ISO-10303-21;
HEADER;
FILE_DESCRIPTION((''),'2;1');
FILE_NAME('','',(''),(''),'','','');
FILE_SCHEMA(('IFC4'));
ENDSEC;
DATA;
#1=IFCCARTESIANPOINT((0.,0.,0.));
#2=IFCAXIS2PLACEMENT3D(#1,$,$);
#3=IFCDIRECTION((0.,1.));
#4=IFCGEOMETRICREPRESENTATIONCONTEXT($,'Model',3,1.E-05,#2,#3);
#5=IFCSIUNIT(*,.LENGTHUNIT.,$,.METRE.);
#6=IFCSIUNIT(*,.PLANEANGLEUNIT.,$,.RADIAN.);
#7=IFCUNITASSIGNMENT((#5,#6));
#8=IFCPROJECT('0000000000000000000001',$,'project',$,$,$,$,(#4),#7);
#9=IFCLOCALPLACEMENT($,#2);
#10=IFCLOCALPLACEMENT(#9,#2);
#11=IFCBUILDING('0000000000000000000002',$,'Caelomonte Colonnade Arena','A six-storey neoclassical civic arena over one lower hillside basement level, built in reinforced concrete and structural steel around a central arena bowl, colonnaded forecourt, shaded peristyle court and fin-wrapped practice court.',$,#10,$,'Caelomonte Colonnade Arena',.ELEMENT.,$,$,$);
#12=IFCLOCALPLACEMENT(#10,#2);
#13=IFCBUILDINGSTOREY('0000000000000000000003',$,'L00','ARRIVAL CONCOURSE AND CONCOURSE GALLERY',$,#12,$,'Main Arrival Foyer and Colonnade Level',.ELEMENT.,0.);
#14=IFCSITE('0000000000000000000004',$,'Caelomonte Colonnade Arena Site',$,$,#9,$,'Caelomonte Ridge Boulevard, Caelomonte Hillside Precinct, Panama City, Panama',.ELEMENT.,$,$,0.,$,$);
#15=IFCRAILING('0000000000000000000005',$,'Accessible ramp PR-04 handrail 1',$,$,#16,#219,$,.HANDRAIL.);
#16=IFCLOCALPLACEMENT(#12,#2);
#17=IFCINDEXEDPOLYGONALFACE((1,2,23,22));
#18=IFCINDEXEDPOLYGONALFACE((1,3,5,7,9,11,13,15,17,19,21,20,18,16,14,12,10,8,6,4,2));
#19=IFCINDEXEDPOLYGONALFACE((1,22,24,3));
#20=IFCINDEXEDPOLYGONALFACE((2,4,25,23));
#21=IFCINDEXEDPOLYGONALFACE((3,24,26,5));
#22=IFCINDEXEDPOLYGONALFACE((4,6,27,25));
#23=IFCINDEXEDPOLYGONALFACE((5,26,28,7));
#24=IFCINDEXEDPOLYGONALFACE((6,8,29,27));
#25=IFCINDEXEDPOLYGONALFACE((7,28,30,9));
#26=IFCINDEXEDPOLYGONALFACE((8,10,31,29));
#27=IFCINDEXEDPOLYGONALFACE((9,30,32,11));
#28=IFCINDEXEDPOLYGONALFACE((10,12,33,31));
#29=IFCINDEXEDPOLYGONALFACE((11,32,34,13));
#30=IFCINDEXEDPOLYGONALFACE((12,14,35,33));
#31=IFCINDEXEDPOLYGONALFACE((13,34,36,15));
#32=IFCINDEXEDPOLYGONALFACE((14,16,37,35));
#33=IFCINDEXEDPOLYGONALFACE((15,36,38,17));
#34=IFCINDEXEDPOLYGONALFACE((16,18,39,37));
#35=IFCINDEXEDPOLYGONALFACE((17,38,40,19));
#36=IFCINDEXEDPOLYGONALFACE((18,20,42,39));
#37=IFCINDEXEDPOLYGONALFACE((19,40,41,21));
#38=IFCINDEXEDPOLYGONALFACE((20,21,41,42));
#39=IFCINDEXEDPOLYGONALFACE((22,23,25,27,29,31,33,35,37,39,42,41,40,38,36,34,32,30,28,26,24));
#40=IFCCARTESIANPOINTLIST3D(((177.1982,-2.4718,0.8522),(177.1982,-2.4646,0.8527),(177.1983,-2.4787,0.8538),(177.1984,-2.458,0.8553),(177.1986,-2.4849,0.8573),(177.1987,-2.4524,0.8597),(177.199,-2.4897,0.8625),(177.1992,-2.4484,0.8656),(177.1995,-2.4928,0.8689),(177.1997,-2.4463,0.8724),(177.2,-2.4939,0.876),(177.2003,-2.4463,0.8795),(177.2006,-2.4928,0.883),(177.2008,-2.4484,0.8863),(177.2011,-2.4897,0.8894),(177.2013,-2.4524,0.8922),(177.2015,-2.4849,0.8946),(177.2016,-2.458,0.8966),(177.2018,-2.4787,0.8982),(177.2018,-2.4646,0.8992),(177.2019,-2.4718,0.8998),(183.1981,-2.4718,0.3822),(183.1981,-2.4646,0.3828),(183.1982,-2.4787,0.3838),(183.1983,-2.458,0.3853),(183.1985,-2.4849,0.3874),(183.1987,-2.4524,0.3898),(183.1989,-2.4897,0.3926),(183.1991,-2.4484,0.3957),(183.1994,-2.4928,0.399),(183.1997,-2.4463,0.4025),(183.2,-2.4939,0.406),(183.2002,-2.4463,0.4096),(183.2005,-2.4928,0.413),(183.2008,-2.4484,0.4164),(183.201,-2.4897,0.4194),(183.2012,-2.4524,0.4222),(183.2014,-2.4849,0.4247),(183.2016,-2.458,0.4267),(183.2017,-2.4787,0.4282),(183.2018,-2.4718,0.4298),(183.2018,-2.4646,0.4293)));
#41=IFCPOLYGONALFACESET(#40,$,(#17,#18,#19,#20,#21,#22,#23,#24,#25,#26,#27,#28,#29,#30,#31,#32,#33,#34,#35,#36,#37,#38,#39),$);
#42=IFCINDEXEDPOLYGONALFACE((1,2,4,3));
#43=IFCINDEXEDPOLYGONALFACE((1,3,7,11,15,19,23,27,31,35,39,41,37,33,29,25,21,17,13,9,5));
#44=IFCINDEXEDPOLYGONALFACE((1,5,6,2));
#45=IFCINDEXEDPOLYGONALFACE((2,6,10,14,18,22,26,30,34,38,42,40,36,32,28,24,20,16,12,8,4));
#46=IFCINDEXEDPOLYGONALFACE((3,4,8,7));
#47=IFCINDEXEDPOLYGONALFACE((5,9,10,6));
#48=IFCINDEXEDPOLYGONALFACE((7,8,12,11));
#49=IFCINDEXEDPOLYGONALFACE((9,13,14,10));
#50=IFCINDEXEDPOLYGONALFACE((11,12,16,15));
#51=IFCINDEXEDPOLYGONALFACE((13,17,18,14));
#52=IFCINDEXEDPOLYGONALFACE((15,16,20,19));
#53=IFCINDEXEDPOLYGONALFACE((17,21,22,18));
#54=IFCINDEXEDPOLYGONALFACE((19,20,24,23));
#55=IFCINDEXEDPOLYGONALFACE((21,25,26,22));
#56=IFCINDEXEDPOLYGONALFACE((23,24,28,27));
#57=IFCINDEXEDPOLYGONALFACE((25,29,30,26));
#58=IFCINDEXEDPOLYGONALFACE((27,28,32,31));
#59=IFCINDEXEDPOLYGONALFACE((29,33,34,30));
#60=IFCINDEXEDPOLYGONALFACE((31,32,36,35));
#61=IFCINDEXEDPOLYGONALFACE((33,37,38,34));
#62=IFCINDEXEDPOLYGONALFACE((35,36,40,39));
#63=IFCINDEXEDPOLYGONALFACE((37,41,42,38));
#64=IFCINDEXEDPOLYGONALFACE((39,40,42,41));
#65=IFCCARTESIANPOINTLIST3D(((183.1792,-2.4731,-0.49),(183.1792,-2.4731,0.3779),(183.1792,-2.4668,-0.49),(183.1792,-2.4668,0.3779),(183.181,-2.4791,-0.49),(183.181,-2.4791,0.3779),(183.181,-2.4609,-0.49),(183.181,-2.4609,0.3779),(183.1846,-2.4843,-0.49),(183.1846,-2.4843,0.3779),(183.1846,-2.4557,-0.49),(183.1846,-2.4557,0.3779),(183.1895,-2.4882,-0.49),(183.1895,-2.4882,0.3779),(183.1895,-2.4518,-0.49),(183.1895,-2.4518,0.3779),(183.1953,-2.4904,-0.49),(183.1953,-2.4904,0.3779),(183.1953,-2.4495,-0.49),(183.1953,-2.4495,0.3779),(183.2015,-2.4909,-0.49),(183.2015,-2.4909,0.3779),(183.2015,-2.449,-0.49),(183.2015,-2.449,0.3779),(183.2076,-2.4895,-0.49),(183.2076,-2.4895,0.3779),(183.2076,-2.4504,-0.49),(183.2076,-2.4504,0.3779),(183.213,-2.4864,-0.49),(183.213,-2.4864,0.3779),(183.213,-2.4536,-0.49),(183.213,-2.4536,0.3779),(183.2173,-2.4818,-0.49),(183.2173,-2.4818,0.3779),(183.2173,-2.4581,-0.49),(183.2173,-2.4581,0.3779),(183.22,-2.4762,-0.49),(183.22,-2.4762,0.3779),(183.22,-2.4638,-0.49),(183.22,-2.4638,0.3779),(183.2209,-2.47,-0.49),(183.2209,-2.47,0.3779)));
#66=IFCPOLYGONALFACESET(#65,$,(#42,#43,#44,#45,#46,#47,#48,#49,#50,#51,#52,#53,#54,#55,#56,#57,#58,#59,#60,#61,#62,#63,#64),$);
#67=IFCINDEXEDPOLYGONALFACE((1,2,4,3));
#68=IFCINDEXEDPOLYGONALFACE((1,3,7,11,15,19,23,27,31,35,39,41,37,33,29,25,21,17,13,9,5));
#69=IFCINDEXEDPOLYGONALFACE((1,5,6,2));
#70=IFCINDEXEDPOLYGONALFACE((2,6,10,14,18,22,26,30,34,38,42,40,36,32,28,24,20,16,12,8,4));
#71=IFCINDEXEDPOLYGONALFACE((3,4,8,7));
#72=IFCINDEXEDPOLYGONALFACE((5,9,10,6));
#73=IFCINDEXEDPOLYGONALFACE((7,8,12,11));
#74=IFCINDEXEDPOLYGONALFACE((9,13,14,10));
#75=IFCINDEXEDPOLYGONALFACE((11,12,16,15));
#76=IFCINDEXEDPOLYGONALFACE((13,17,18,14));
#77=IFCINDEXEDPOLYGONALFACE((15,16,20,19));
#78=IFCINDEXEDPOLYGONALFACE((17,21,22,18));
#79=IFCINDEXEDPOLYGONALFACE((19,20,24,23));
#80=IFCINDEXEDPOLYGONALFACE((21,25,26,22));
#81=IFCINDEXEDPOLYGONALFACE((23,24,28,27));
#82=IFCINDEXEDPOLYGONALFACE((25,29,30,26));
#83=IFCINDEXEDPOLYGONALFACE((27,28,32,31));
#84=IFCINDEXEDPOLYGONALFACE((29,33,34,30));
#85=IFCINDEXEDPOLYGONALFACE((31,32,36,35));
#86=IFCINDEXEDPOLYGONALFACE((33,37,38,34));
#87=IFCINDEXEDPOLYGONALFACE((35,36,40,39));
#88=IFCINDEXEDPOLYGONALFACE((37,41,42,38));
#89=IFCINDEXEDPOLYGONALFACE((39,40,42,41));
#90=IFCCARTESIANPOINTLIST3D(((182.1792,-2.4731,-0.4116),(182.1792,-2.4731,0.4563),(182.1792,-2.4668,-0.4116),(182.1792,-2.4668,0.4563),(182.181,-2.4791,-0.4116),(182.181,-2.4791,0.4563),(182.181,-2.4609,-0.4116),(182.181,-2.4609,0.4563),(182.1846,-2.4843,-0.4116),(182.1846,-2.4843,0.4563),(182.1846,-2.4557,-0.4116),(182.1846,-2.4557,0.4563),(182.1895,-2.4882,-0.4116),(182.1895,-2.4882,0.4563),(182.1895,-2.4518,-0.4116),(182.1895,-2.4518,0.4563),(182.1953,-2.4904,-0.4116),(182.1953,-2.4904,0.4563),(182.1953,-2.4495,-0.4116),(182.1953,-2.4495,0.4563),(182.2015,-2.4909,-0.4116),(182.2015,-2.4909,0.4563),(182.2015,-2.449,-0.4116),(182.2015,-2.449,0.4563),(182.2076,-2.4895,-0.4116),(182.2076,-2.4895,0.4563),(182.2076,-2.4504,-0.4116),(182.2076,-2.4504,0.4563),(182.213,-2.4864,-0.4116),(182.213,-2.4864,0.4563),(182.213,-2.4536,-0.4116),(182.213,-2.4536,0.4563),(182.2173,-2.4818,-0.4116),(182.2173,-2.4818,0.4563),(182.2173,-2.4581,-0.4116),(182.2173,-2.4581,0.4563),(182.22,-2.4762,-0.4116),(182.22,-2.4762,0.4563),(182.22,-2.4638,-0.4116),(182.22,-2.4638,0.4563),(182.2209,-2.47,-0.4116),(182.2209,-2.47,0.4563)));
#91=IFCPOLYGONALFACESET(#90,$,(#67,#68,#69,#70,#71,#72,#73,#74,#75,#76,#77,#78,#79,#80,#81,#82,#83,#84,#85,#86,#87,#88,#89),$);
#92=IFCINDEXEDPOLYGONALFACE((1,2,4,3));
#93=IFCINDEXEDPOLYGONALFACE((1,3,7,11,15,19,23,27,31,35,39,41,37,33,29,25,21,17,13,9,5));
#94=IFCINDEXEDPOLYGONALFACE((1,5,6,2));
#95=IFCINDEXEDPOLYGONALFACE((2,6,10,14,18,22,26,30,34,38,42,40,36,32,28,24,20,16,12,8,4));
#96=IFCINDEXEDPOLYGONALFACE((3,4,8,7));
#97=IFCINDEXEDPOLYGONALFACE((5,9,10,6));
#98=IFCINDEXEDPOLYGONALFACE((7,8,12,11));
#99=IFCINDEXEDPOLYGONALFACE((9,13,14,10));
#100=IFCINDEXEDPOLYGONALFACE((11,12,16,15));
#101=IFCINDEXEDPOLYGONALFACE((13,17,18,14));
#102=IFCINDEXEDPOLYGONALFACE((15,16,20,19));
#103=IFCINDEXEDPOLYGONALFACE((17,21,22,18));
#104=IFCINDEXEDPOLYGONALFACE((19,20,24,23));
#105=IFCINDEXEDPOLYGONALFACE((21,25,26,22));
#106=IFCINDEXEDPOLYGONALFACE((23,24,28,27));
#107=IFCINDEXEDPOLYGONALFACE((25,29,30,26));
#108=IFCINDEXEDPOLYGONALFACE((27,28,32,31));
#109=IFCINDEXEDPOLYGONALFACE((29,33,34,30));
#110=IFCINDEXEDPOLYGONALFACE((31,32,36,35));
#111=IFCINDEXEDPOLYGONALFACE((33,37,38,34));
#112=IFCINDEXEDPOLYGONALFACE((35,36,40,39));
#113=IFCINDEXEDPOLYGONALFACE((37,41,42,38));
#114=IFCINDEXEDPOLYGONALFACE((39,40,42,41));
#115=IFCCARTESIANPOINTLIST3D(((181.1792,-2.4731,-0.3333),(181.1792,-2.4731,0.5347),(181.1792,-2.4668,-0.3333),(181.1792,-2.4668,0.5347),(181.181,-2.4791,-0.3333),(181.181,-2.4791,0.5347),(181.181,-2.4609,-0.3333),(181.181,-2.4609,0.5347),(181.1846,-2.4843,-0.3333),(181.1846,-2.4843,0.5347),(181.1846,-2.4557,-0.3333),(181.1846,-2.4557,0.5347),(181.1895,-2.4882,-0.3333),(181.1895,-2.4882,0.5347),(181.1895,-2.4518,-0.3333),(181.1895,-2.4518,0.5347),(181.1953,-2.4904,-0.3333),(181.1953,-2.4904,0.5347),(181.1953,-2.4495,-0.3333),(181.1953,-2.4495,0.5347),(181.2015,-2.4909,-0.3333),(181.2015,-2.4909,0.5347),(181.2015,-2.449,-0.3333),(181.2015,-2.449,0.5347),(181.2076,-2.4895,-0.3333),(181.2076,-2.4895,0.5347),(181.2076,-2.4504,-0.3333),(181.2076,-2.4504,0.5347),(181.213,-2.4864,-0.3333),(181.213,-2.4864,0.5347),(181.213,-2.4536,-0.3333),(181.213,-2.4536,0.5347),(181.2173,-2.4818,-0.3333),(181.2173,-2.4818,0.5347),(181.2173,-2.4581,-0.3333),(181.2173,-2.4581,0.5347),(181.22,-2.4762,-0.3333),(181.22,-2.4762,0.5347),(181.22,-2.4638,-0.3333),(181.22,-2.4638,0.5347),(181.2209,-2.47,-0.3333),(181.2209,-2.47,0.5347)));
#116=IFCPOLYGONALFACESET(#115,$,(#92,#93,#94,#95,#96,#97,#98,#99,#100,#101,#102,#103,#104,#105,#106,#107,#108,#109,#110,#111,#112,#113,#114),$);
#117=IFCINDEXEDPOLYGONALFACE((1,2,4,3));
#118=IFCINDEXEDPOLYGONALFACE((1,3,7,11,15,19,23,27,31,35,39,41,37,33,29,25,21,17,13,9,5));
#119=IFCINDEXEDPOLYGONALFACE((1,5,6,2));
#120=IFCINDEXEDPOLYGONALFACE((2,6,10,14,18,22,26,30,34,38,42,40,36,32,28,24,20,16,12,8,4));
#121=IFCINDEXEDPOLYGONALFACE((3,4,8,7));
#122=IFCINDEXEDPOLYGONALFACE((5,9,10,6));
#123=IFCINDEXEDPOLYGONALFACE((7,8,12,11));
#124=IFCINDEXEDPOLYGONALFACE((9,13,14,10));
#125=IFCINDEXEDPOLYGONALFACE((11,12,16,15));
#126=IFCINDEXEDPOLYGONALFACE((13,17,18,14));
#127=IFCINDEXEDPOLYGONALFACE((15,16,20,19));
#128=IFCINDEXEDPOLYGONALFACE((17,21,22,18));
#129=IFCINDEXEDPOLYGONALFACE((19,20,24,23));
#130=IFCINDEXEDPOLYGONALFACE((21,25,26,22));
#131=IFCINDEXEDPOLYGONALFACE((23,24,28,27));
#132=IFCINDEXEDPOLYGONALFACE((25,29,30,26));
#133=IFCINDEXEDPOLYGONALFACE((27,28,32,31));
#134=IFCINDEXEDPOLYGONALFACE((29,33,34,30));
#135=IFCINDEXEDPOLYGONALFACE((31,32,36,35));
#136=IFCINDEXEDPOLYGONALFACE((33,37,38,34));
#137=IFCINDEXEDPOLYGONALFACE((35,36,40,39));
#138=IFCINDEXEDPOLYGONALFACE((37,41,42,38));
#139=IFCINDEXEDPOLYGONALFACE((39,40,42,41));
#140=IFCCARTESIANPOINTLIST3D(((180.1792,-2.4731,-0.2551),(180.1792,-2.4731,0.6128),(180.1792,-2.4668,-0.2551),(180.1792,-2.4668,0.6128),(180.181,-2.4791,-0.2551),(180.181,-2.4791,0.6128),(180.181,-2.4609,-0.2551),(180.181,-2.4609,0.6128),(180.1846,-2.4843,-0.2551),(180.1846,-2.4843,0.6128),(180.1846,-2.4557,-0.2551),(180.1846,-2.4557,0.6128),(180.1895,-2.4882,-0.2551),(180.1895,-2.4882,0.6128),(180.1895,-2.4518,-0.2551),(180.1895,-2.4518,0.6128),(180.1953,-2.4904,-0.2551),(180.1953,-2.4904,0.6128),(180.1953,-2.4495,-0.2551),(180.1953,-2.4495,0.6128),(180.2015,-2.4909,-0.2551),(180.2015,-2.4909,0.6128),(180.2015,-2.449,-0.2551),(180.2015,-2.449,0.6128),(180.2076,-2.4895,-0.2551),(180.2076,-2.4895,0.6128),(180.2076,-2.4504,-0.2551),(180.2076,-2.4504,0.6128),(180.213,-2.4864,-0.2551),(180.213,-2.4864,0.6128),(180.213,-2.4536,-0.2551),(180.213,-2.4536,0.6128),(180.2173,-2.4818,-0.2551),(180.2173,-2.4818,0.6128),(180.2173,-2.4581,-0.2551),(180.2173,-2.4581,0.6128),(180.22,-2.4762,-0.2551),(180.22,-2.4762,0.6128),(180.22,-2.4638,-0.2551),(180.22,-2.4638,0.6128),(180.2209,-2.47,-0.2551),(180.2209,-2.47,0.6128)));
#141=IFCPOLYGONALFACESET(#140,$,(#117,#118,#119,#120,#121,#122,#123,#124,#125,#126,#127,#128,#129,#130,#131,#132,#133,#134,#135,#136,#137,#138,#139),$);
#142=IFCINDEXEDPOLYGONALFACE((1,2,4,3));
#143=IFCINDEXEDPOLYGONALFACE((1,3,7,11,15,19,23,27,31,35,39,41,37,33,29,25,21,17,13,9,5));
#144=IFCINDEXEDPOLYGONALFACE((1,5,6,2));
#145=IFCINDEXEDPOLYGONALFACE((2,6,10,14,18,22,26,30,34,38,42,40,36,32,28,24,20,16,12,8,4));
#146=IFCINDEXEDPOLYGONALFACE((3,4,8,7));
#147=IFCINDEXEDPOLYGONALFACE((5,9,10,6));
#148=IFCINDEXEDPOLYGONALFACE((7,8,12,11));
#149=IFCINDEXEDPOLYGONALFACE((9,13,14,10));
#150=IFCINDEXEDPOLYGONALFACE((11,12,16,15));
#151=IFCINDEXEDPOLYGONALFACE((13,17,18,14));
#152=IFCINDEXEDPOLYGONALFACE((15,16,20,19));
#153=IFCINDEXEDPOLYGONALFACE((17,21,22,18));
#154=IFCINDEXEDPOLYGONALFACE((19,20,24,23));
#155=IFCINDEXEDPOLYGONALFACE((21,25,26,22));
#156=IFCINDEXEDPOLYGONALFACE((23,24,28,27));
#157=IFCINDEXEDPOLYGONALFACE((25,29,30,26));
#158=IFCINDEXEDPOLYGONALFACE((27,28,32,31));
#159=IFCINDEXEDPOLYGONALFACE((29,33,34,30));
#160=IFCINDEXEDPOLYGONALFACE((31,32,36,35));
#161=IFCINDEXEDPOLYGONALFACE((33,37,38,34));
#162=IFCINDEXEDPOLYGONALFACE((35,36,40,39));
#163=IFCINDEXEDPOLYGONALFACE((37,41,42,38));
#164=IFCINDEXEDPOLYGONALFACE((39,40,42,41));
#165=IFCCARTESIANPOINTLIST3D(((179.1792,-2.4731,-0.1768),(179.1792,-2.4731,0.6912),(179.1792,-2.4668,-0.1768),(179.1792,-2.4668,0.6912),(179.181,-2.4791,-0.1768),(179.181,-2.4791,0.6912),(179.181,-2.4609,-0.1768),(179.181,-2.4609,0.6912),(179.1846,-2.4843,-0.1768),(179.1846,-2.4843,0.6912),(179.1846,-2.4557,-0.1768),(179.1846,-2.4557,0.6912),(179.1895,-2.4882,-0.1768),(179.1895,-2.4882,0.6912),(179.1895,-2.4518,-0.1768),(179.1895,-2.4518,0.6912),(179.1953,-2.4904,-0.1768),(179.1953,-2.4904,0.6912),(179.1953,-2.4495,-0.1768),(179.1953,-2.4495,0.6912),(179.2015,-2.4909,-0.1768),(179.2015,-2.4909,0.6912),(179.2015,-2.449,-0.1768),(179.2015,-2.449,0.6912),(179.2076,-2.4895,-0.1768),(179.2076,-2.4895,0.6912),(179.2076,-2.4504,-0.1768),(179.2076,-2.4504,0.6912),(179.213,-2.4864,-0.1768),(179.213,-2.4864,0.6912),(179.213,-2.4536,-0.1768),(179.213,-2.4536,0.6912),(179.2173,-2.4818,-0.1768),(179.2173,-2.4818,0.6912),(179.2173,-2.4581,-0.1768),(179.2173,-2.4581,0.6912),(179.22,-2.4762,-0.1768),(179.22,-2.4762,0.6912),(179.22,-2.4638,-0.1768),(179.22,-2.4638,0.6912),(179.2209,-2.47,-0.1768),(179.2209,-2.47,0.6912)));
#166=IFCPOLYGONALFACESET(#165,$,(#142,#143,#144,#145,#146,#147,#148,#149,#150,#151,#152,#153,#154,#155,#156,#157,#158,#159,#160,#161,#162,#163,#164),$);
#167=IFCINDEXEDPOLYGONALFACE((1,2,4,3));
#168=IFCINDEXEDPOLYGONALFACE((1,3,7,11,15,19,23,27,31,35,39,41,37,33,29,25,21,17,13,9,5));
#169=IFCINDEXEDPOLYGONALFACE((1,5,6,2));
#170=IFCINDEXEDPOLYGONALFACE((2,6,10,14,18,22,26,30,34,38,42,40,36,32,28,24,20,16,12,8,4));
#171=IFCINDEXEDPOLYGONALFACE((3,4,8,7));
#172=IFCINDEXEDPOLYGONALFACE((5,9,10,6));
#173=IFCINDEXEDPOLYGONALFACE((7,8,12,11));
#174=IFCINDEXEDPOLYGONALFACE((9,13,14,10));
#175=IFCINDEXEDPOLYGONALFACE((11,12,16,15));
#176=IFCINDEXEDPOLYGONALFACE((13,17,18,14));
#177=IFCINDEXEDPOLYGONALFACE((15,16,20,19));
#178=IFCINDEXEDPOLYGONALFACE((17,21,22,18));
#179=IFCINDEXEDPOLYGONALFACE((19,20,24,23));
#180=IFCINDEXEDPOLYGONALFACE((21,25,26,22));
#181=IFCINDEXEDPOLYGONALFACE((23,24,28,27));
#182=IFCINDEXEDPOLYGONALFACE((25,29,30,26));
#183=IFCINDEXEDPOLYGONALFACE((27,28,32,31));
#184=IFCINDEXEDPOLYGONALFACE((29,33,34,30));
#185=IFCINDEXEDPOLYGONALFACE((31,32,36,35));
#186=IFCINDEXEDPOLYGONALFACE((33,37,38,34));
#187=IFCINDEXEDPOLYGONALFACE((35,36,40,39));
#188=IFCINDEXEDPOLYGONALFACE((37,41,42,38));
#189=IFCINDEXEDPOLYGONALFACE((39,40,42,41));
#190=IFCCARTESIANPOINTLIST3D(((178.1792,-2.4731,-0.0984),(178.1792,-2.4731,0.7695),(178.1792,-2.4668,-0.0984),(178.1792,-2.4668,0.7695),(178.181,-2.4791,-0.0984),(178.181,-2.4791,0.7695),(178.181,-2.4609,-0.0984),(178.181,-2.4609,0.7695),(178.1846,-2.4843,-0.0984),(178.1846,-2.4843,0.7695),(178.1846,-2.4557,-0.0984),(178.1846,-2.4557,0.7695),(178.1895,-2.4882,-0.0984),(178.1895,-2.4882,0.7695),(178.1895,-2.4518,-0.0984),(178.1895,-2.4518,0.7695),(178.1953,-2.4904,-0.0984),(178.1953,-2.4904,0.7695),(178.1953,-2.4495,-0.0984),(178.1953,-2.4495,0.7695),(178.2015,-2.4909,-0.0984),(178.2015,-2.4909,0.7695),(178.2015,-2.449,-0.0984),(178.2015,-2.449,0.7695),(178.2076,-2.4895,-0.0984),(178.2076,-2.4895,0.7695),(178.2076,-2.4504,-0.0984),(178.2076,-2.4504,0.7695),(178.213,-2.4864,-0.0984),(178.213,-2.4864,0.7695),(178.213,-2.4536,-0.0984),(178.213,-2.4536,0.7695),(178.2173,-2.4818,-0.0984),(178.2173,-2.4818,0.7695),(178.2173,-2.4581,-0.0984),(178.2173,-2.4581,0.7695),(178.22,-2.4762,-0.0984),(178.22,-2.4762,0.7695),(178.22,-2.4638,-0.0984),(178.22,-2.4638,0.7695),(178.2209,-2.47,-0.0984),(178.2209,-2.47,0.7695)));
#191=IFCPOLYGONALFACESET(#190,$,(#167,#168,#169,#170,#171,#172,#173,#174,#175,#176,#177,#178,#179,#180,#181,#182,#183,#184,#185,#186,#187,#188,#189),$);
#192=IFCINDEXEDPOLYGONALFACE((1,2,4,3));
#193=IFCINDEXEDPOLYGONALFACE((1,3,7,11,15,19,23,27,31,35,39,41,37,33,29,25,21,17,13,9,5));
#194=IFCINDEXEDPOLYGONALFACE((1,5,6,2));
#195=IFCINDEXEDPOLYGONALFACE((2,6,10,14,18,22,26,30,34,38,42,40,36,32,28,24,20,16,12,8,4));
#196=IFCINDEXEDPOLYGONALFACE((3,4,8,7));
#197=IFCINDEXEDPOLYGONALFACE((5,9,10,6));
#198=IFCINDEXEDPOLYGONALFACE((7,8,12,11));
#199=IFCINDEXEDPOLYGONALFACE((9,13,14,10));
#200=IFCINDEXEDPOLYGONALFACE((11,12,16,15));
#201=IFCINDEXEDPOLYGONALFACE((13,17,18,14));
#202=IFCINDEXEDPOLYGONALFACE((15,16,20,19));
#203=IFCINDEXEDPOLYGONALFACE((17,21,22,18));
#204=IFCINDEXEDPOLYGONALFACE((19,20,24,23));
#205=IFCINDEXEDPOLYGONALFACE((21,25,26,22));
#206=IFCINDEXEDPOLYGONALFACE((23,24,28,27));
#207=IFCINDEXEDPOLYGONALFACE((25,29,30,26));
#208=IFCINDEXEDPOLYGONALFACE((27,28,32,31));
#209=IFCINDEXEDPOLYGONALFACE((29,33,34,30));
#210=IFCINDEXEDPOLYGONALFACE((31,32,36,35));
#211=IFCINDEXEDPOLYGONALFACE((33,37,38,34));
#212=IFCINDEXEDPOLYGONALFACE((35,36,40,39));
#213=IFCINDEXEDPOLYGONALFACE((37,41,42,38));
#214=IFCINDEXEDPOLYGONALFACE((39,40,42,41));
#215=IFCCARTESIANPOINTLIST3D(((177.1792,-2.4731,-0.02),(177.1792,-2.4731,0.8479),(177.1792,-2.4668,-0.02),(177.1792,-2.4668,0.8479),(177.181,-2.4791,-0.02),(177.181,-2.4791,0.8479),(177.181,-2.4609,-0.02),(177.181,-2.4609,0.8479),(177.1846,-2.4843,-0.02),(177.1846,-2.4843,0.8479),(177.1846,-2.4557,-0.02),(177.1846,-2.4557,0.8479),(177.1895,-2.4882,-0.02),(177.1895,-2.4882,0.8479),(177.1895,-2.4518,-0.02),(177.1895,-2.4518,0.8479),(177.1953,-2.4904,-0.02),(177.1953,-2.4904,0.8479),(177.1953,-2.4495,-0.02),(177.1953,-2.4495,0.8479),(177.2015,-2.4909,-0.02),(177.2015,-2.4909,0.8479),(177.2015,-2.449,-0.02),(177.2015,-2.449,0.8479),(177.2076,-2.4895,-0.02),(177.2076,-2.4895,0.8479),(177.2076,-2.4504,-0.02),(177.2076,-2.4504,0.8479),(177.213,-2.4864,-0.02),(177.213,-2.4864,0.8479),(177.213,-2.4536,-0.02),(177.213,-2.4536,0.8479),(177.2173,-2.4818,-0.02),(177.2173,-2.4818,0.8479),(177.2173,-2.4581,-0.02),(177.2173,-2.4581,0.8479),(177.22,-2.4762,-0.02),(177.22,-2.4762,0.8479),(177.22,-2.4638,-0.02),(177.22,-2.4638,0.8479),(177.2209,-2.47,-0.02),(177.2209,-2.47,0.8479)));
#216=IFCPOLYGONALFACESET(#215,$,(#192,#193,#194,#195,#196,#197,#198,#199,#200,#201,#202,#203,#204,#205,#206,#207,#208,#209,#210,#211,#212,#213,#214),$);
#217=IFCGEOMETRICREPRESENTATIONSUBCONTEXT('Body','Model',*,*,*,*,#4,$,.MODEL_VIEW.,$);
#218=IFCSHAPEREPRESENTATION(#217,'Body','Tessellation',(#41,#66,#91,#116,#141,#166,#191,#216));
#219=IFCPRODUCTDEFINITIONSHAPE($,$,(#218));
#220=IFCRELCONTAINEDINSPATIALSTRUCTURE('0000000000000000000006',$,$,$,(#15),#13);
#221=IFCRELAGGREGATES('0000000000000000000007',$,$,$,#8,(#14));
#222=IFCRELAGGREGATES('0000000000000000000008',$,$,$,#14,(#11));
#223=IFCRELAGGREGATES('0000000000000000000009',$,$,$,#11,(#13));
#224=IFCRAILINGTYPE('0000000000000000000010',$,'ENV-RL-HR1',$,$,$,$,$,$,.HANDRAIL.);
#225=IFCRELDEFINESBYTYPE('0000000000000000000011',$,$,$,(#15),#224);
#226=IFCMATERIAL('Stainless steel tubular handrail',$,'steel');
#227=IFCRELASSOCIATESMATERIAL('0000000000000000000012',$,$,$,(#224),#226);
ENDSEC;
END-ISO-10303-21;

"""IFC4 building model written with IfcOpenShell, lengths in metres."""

from ifc_helpers import new_model, si_unit, direction, frame, origin, origin_2d, place, context, subcontext, project, spatial, circle, extrude, material, type_object, element, save


model = new_model("IFC4")

# Units and contexts
model_context = context("Model", 3, precision=1e-05, world=origin(), true_north=direction((0.0, 1.0)))
body_context = subcontext(model_context, "Body", "Model", "MODEL_VIEW")
ifc_project = project(units=[si_unit("LENGTHUNIT", "METRE"), si_unit("PLANEANGLEUNIT", "RADIAN")], contexts=[model_context])

# Site, building, storey
site_placement = place(None, origin())
site = spatial("IfcSite", under=ifc_project, at=site_placement, Name="Caelomonte Colonnade Arena Site", LongName="Caelomonte Ridge Boulevard, Caelomonte Hillside Precinct, Panama City, Panama", CompositionType="ELEMENT", RefElevation=0.0)
building_placement = place(site_placement, origin())
building = spatial("IfcBuilding", under=site, at=building_placement, Name="Caelomonte Colonnade Arena", Description="A six-storey neoclassical civic arena over one lower hillside basement level, built in reinforced concrete and structural steel around a central arena bowl, colonnaded forecourt, shaded peristyle court and fin-wrapped practice court.", LongName="Caelomonte Colonnade Arena", CompositionType="ELEMENT")
storey_placement = place(building_placement, origin())
storey = spatial("IfcBuildingStorey", under=building, at=storey_placement, Name="L00", Description="ARRIVAL CONCOURSE AND CONCOURSE GALLERY", LongName="Main Arrival Foyer and Colonnade Level", CompositionType="ELEMENT", Elevation=0.0)

# Railing
ifc_material_1 = material(Name="Stainless steel tubular handrail", Category="steel")
railing_type = type_object("IfcRailingType", Name="ENV-RL-HR1", PredefinedType="HANDRAIL", material=ifc_material_1)
for number, where, name in (
    (1, (183.2, -2.47, -0.49), "Accessible ramp PR-04 handrail 1"),
):
    element("IfcRailing", number, at=place(storey_placement, frame(where)), inside=storey, type_object=railing_type, Name=name, PredefinedType="HANDRAIL", context=body_context, shape_type="SweptSolid", body=[
        extrude(circle(Radius=0.0239, at=origin_2d()), frame((0.0, 0.0, 0.896), z_axis=(-0.996946, 0.0, 0.078089), x_axis=(0.0, -1.0, 0.0)), (0.0, 0.0, 1.0), 6.0183),
        extrude(circle(Radius=0.021, at=origin_2d()), origin(), (0.0, 0.0, 1.0), 0.8679),
        extrude(circle(Radius=0.021, at=origin_2d()), frame((-1.0, 0.0, 0.0784)), (0.0, 0.0, 1.0), 0.8679),
        extrude(circle(Radius=0.021, at=origin_2d()), frame((-2.0, 0.0, 0.1567)), (0.0, 0.0, 1.0), 0.8679),
        extrude(circle(Radius=0.021, at=origin_2d()), frame((-3.0, 0.0, 0.2349)), (0.0, 0.0, 1.0), 0.8679),
        extrude(circle(Radius=0.021, at=origin_2d()), frame((-4.0, 0.0, 0.3132)), (0.0, 0.0, 1.0), 0.8679),
        extrude(circle(Radius=0.021, at=origin_2d()), frame((-5.0, 0.0, 0.3916)), (0.0, 0.0, 1.0), 0.8679),
        extrude(circle(Radius=0.021, at=origin_2d()), frame((-6.0, 0.0, 0.47)), (0.0, 0.0, 1.0), 0.8679),
    ])

save(model, "model.ifc")
